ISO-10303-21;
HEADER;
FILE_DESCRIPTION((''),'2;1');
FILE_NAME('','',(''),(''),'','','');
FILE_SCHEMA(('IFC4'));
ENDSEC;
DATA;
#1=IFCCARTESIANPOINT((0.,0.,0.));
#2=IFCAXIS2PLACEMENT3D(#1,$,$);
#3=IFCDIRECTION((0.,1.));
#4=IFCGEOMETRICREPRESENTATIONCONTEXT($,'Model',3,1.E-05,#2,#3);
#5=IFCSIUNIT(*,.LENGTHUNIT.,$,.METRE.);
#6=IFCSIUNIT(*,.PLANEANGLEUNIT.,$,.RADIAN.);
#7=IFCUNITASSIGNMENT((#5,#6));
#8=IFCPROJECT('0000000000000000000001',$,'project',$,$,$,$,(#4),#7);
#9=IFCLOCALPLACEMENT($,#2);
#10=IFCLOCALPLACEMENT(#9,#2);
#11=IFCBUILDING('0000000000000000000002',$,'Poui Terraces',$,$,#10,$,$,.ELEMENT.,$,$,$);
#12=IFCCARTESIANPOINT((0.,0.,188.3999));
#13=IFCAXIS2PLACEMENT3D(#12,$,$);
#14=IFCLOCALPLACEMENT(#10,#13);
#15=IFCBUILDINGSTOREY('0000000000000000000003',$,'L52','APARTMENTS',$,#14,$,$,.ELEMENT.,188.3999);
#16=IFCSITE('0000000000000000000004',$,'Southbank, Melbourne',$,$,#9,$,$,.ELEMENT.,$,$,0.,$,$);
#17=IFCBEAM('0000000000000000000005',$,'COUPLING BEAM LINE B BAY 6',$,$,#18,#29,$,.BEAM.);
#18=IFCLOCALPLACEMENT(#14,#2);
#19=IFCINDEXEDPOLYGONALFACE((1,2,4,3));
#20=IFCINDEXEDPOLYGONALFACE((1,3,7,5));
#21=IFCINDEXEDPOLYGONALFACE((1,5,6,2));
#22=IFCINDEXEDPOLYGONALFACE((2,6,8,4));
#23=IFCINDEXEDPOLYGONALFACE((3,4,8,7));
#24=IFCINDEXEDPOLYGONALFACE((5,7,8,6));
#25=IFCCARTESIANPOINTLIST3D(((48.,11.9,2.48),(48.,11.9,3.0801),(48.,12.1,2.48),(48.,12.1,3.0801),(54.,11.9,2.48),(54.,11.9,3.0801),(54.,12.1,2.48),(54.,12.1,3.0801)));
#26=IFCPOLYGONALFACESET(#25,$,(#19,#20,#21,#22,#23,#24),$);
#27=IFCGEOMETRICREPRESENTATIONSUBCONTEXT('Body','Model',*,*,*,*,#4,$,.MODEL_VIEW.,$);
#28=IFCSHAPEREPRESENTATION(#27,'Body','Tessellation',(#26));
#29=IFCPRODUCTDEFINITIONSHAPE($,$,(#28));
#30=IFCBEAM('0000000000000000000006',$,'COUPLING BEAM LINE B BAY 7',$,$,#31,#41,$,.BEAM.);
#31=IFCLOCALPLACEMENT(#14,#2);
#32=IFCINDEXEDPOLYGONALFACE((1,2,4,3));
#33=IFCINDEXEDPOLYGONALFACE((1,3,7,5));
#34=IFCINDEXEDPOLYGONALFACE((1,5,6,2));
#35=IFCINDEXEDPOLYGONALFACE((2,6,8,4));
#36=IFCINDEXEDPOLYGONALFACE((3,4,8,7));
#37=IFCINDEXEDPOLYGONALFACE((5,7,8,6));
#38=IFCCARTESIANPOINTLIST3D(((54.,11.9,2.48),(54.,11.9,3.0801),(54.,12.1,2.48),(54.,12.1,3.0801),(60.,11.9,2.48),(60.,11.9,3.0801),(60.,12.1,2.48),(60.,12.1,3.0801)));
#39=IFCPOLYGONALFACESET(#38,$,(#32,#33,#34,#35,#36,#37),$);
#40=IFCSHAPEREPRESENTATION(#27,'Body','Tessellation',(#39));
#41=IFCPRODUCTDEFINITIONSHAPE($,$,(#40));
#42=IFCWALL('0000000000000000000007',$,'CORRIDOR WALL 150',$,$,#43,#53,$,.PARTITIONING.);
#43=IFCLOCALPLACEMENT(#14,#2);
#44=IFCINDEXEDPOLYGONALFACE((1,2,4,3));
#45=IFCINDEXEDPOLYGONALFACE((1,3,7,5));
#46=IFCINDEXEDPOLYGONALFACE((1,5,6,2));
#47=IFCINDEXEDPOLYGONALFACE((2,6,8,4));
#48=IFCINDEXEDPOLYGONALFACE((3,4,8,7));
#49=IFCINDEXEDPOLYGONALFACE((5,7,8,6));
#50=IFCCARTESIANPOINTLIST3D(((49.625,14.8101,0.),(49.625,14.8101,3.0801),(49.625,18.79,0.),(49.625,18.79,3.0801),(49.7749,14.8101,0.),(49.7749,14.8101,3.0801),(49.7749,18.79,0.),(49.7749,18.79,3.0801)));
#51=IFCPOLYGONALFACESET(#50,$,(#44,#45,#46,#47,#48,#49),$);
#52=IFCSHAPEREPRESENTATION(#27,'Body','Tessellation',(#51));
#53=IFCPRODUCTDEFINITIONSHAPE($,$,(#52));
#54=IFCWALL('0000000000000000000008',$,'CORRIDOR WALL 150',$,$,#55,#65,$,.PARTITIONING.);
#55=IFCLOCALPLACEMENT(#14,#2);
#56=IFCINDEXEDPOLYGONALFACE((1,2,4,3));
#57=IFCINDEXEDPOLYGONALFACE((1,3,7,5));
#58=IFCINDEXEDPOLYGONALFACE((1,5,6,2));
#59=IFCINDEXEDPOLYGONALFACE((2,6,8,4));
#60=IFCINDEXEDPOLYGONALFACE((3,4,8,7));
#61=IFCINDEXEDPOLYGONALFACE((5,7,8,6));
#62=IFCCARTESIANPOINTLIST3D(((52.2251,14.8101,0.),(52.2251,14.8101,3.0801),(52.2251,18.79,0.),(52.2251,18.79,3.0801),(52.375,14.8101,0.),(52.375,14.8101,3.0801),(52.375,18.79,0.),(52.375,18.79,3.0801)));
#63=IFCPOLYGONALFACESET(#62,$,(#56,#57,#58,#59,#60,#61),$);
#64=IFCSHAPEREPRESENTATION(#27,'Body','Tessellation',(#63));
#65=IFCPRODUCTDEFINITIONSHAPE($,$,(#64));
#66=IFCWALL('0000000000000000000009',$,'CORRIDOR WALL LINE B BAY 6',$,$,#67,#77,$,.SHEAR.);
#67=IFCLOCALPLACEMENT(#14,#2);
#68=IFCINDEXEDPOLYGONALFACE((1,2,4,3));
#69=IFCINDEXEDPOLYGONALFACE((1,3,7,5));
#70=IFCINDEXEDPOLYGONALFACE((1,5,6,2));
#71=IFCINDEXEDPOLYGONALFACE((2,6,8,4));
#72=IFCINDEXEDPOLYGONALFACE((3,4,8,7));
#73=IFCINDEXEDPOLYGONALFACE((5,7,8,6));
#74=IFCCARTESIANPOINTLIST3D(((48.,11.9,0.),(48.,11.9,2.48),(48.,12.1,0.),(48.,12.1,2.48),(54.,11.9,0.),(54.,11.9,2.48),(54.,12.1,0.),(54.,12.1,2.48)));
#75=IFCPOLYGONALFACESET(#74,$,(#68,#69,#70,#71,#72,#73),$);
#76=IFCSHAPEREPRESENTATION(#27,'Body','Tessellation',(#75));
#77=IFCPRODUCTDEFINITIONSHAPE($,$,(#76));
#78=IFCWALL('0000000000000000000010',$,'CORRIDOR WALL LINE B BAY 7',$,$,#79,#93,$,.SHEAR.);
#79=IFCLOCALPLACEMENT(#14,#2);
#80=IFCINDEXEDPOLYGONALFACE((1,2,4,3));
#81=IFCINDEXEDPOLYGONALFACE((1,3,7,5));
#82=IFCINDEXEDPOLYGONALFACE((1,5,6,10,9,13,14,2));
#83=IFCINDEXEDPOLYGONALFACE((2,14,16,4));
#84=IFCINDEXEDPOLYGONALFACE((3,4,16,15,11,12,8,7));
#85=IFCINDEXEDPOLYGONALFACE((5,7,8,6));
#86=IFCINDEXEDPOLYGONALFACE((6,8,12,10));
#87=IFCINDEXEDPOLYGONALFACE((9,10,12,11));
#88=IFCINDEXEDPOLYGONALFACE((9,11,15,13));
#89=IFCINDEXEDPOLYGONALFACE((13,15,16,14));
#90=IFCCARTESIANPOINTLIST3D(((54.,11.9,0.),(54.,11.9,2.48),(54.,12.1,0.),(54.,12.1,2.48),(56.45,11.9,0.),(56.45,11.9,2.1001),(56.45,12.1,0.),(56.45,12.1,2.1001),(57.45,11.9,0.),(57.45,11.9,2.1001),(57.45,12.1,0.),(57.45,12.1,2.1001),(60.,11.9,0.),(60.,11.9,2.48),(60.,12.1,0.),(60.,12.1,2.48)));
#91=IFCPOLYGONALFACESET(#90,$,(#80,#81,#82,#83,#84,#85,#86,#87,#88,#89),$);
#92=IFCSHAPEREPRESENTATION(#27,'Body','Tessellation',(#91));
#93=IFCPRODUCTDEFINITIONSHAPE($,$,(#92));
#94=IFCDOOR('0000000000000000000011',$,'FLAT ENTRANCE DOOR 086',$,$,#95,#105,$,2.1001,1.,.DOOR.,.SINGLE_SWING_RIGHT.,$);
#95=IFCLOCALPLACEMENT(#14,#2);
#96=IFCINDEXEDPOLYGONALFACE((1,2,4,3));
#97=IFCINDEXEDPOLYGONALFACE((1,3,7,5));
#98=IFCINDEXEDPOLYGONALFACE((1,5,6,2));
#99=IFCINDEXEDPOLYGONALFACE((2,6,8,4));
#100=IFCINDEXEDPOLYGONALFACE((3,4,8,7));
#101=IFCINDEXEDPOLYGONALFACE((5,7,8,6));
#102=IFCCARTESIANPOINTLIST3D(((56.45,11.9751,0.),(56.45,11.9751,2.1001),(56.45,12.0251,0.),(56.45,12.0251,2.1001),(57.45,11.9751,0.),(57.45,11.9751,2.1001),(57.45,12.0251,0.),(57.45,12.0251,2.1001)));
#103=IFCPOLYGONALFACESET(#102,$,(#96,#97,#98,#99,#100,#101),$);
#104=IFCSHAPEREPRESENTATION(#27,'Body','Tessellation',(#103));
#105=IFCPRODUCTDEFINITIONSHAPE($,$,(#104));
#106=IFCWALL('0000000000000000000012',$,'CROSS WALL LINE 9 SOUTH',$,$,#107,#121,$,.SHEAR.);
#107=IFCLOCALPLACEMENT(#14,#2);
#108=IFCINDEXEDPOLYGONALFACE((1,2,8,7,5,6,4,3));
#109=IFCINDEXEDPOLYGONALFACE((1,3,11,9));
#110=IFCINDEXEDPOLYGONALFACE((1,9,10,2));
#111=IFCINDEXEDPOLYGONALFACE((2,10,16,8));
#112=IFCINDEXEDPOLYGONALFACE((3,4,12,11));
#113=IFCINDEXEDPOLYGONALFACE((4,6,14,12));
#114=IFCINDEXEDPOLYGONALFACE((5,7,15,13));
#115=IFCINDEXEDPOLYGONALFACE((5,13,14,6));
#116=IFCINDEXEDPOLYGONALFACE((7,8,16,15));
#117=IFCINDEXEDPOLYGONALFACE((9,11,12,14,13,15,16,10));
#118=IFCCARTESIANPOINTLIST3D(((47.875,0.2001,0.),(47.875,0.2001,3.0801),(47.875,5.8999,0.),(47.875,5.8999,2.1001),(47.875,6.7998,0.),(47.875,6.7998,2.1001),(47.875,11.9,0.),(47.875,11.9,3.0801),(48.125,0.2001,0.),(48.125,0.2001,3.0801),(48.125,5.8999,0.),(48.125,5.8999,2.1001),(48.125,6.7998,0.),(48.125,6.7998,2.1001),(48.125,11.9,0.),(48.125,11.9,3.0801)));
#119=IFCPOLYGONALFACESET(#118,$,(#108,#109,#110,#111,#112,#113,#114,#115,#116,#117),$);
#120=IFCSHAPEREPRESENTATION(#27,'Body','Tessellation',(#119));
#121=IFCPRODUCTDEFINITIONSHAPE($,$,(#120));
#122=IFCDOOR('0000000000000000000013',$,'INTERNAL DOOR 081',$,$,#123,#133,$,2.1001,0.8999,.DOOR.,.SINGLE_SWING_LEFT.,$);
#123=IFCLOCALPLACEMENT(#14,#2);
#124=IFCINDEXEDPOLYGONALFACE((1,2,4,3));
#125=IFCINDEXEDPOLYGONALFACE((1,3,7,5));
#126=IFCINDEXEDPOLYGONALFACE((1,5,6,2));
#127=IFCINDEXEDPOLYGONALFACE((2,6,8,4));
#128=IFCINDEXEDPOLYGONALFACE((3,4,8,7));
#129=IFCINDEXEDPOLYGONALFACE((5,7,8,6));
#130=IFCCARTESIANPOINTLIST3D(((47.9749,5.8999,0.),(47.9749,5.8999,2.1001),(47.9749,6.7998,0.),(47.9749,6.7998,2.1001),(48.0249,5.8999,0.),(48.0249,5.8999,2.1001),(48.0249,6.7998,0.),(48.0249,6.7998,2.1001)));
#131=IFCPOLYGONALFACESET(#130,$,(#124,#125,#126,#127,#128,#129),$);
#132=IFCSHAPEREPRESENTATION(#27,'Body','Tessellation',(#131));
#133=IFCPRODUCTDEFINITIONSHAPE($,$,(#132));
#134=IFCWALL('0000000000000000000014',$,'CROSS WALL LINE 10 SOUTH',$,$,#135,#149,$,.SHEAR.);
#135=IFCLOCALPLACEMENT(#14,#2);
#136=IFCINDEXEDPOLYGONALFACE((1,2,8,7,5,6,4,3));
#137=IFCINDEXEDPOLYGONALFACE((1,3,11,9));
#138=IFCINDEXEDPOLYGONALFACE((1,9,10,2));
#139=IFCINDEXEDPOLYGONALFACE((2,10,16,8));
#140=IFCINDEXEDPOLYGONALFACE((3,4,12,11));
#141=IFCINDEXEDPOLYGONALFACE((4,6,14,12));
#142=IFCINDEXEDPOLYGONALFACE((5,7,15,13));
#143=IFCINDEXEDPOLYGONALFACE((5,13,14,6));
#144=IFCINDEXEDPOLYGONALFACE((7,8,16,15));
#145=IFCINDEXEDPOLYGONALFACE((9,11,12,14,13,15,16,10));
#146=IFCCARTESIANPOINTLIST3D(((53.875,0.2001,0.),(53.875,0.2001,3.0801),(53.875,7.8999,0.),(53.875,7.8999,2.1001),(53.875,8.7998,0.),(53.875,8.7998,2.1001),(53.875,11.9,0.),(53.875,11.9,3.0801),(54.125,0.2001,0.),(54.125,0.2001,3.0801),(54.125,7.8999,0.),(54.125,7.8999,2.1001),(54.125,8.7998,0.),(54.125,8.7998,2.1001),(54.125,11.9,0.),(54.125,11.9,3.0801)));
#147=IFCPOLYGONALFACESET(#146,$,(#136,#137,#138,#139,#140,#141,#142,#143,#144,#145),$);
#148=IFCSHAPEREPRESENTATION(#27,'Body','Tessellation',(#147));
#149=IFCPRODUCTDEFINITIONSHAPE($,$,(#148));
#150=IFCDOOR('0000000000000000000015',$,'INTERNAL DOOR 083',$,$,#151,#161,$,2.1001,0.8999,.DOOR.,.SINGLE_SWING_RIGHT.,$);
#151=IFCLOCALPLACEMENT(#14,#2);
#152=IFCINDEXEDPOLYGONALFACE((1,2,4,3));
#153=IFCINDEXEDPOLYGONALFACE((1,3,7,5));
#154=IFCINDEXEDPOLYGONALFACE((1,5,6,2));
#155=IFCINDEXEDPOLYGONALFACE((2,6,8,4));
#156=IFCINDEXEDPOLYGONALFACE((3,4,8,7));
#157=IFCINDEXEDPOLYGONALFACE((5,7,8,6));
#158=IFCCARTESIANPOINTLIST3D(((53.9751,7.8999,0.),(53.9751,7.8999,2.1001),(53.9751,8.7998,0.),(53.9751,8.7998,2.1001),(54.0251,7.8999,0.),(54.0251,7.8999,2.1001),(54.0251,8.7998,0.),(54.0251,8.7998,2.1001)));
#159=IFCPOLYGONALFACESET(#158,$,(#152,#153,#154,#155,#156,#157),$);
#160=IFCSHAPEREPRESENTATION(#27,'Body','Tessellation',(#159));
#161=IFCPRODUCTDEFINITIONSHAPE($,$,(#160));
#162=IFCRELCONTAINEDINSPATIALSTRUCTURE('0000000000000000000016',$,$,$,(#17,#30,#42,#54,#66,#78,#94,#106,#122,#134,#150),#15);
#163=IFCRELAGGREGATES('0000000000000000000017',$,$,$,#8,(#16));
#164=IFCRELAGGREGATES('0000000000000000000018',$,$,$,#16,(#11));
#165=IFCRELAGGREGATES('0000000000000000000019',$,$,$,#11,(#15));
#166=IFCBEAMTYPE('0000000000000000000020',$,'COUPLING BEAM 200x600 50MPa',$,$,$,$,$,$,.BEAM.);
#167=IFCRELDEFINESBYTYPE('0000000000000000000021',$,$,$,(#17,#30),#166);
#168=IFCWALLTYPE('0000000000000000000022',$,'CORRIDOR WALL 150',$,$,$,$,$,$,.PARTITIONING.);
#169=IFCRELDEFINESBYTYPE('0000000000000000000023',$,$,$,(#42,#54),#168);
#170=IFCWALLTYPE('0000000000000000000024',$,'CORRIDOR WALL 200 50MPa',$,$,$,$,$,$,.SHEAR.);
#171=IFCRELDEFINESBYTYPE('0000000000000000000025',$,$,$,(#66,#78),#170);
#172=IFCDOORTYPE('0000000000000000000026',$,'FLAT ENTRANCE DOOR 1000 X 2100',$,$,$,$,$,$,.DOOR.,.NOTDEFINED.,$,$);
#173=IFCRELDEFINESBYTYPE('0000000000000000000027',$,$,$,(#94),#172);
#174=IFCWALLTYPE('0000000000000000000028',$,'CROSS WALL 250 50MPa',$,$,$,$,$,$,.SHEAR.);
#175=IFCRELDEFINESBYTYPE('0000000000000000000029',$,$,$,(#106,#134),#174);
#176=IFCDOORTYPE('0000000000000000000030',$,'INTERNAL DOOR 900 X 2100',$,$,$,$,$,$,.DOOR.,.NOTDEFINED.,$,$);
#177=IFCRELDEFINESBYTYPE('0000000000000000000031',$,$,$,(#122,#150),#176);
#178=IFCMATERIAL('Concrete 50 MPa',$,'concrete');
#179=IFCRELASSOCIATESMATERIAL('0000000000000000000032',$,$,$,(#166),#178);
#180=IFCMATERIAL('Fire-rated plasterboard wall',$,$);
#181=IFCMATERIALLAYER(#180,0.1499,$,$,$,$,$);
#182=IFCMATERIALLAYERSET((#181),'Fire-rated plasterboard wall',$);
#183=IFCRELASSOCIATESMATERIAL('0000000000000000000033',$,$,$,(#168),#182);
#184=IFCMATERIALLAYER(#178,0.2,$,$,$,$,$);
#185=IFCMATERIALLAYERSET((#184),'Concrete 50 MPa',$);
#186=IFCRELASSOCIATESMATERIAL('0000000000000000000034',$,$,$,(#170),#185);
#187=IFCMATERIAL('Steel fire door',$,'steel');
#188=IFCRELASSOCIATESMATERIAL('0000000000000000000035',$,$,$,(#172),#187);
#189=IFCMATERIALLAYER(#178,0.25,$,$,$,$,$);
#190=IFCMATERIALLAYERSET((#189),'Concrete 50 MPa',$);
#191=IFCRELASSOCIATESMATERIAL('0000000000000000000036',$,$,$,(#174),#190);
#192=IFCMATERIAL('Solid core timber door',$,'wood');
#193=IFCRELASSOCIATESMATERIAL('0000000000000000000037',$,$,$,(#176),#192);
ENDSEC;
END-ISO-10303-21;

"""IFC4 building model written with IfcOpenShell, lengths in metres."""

from ifc_helpers import new_model, si_unit, direction, frame, frame_2d, origin, origin_2d, place, context, subcontext, project, spatial, rectangle, extrude, source, transform, mapped, material, layer, layer_set, material_profile, profile_set, type_object, element, fill, save


model = new_model("IFC4")

# Units and contexts
model_context = context("Model", 3, precision=1e-05, world=origin(), true_north=direction((0.0, 1.0)))
body_context = subcontext(model_context, "Body", "Model", "MODEL_VIEW")
ifc_project = project(units=[si_unit("LENGTHUNIT", "METRE"), si_unit("PLANEANGLEUNIT", "RADIAN")], contexts=[model_context])

# Site, building, storey
site_placement = place(None, origin())
site = spatial("IfcSite", under=ifc_project, at=site_placement, Name="Southbank, Melbourne", CompositionType="ELEMENT", RefElevation=0.0)
building_placement = place(site_placement, origin())
building = spatial("IfcBuilding", under=site, at=building_placement, Name="Poui Terraces", CompositionType="ELEMENT")
storey_placement = place(building_placement, frame((0.0, 0.0, 188.3999)))
storey = spatial("IfcBuildingStorey", under=building, at=storey_placement, Name="L52", Description="APARTMENTS", CompositionType="ELEMENT", Elevation=188.3999)

# Beams
ifc_material_1 = material(Name="Concrete 50 MPa", Category="concrete")
ifc_material_profile = material_profile(ifc_material_1, rectangle(XDim=0.2, YDim=0.6001, at=origin_2d()), Name="RC 200x600")
ifc_profile_set = profile_set([ifc_material_profile], Name="Concrete 50 MPa")
beam_type = type_object("IfcBeamType", Name="COUPLING BEAM 200x600 50MPa", PredefinedType="BEAM", material=ifc_profile_set)
shared_shape_1 = source(origin(), body_context, "Body", "SweptSolid", [
    extrude(rectangle(XDim=0.2, YDim=0.6001, at=origin_2d()), origin(), (0.0, 0.0, 1.0), 6.0),
])
for number, where, z_axis, x_axis, name in (
    (1, (48.0, 12.0, 2.78), (1.0, 0.0, 0.0), (0.0, 1.0, 0.0), "COUPLING BEAM LINE B BAY 6"),
    (2, (54.0, 12.0, 2.78), (1.0, 0.0, 0.0), (0.0, 1.0, 0.0), "COUPLING BEAM LINE B BAY 7"),
):
    element("IfcBeam", number, at=place(storey_placement, frame(where, z_axis=z_axis, x_axis=x_axis)), inside=storey, type_object=beam_type, Name=name, PredefinedType="BEAM", context=body_context, shape_type="MappedRepresentation", body=[
        mapped(shared_shape_1, transform((0.0, 0.0, 0.0))),
    ])

# Walls
ifc_material_2 = material(Name="Fire-rated plasterboard wall")
ifc_layer_1 = layer(ifc_material_2, 0.1499)
ifc_layer_set_1 = layer_set([ifc_layer_1], Name="Fire-rated plasterboard wall")
wall_type_1 = type_object("IfcWallType", Name="CORRIDOR WALL 150", PredefinedType="PARTITIONING", material=ifc_layer_set_1)
for number, where, z_axis, x_axis, name in (
    (3, (49.7, 14.8101, 0.0), (0.0, 0.0, 1.0), (0.0, 1.0, 0.0), "CORRIDOR WALL 150"),
    (4, (52.3, 14.8101, 0.0), (0.0, 0.0, 1.0), (0.0, 1.0, 0.0), "CORRIDOR WALL 150"),
):
    element("IfcWall", number, at=place(storey_placement, frame(where, z_axis=z_axis, x_axis=x_axis)), inside=storey, type_object=wall_type_1, Name=name, PredefinedType="PARTITIONING", context=body_context, shape_type="SweptSolid", body=[
        extrude(rectangle(XDim=3.98, YDim=0.1499, at=frame_2d((1.99, 0.0))), origin(), (0.0, 0.0, 1.0), 3.0801),
    ])
ifc_layer_2 = layer(ifc_material_1, 0.2)
ifc_layer_set_2 = layer_set([ifc_layer_2], Name="Concrete 50 MPa")
wall_type_2 = type_object("IfcWallType", Name="CORRIDOR WALL 200 50MPa", PredefinedType="SHEAR", material=ifc_layer_set_2)
wall_1_placement = place(storey_placement, frame((48.0, 12.0, 0.0), z_axis=(0.0, 0.0, 1.0), x_axis=(1.0, 0.0, 0.0)))
element("IfcWall", 5, at=wall_1_placement, inside=storey, type_object=wall_type_2, Name="CORRIDOR WALL LINE B BAY 6", PredefinedType="SHEAR", context=body_context, shape_type="SweptSolid", body=[
    extrude(rectangle(XDim=6.0, YDim=0.2, at=frame_2d((3.0, 0.0))), origin(), (0.0, 0.0, 1.0), 2.48),
])

# Walls, openings, doors
wall_2_placement = place(storey_placement, frame((54.0, 12.0, 0.0), z_axis=(0.0, 0.0, 1.0), x_axis=(1.0, 0.0, 0.0)))
wall_2 = element("IfcWall", 6, at=wall_2_placement, inside=storey, type_object=wall_type_2, Name="CORRIDOR WALL LINE B BAY 7", PredefinedType="SHEAR", context=body_context, shape_type="SweptSolid", body=[
    extrude(rectangle(XDim=6.0, YDim=0.2, at=frame_2d((3.0, 0.0))), origin(), (0.0, 0.0, 1.0), 2.48),
])
opening_1_placement = place(wall_2_placement, frame((2.45, 0.0, 0.0)))
opening_1 = element("IfcOpeningElement", 7, at=opening_1_placement, cuts=wall_2, PredefinedType="OPENING", context=body_context, shape_type="SweptSolid", body=[
    extrude(rectangle(XDim=1.0, YDim=2.1001, at=frame_2d((0.5, 1.05))), frame((0.0, 0.1099, 0.0), z_axis=(0.0, -1.0, 0.0), x_axis=(1.0, 0.0, 0.0)), (0.0, 0.0, 1.0), 0.22),
])
ifc_material_3 = material(Name="Steel fire door", Category="steel")
door_type_1 = type_object("IfcDoorType", Name="FLAT ENTRANCE DOOR 1000 X 2100", OperationType="NOTDEFINED", PredefinedType="DOOR", material=ifc_material_3)
door_1_placement = place(opening_1_placement, frame((1.0, 0.0, 0.0), z_axis=(0.0, 0.0, 1.0), x_axis=(-1.0, 0.0, 0.0)))
door_1 = element("IfcDoor", 8, at=door_1_placement, inside=storey, type_object=door_type_1, Name="FLAT ENTRANCE DOOR 086", OperationType="SINGLE_SWING_RIGHT", OverallHeight=2.1001, OverallWidth=1.0, PredefinedType="DOOR", context=body_context, shape_type="SweptSolid", body=[
    extrude(rectangle(XDim=1.0, YDim=2.1001, at=frame_2d((0.5, 1.05))), frame((0.0, 0.0249, 0.0), z_axis=(0.0, -1.0, 0.0), x_axis=(1.0, 0.0, 0.0)), (0.0, 0.0, 1.0), 0.05),
])
fill(opening_1, door_1)
ifc_layer_3 = layer(ifc_material_1, 0.25)
ifc_layer_set_3 = layer_set([ifc_layer_3], Name="Concrete 50 MPa")
wall_type_3 = type_object("IfcWallType", Name="CROSS WALL 250 50MPa", PredefinedType="SHEAR", material=ifc_layer_set_3)
wall_3_placement = place(storey_placement, frame((48.0, 0.2, 0.0), z_axis=(0.0, 0.0, 1.0), x_axis=(0.0, 1.0, 0.0)))
wall_3 = element("IfcWall", 9, at=wall_3_placement, inside=storey, type_object=wall_type_3, Name="CROSS WALL LINE 9 SOUTH", PredefinedType="SHEAR", context=body_context, shape_type="SweptSolid", body=[
    extrude(rectangle(XDim=11.7, YDim=0.25, at=frame_2d((5.8501, 0.0))), origin(), (0.0, 0.0, 1.0), 3.0801),
])
opening_2_placement = place(wall_3_placement, frame((5.7, 0.0, 0.0)))
opening_2 = element("IfcOpeningElement", 10, at=opening_2_placement, cuts=wall_3, PredefinedType="OPENING", context=body_context, shape_type="SweptSolid", body=[
    extrude(rectangle(XDim=0.8999, YDim=2.1001, at=frame_2d((0.45, 1.05))), frame((0.0, 0.135, 0.0), z_axis=(0.0, -1.0, 0.0), x_axis=(1.0, 0.0, 0.0)), (0.0, 0.0, 1.0), 0.27),
])
ifc_material_4 = material(Name="Solid core timber door", Category="wood")
door_type_2 = type_object("IfcDoorType", Name="INTERNAL DOOR 900 X 2100", OperationType="NOTDEFINED", PredefinedType="DOOR", material=ifc_material_4)
door_2_placement = place(opening_2_placement, frame((0.8999, 0.0, 0.0), z_axis=(0.0, 0.0, 1.0), x_axis=(-1.0, 0.0, 0.0)))
door_2 = element("IfcDoor", 11, at=door_2_placement, inside=storey, type_object=door_type_2, Name="INTERNAL DOOR 081", OperationType="SINGLE_SWING_LEFT", OverallHeight=2.1001, OverallWidth=0.8999, PredefinedType="DOOR", context=body_context, shape_type="SweptSolid", body=[
    extrude(rectangle(XDim=0.8999, YDim=2.1001, at=frame_2d((0.45, 1.05))), frame((0.0, 0.0249, 0.0), z_axis=(0.0, -1.0, 0.0), x_axis=(1.0, 0.0, 0.0)), (0.0, 0.0, 1.0), 0.05),
])
fill(opening_2, door_2)
wall_4_placement = place(storey_placement, frame((54.0, 0.2, 0.0), z_axis=(0.0, 0.0, 1.0), x_axis=(0.0, 1.0, 0.0)))
wall_4 = element("IfcWall", 12, at=wall_4_placement, inside=storey, type_object=wall_type_3, Name="CROSS WALL LINE 10 SOUTH", PredefinedType="SHEAR", context=body_context, shape_type="SweptSolid", body=[
    extrude(rectangle(XDim=11.7, YDim=0.25, at=frame_2d((5.8501, 0.0))), origin(), (0.0, 0.0, 1.0), 3.0801),
])
opening_3_placement = place(wall_4_placement, frame((7.7, 0.0, 0.0)))
opening_3 = element("IfcOpeningElement", 13, at=opening_3_placement, cuts=wall_4, PredefinedType="OPENING", context=body_context, shape_type="SweptSolid", body=[
    extrude(rectangle(XDim=0.8999, YDim=2.1001, at=frame_2d((0.45, 1.05))), frame((0.0, 0.135, 0.0), z_axis=(0.0, -1.0, 0.0), x_axis=(1.0, 0.0, 0.0)), (0.0, 0.0, 1.0), 0.27),
])
door_3_placement = place(opening_3_placement, origin())
door_3 = element("IfcDoor", 14, at=door_3_placement, inside=storey, type_object=door_type_2, Name="INTERNAL DOOR 083", OperationType="SINGLE_SWING_RIGHT", OverallHeight=2.1001, OverallWidth=0.8999, PredefinedType="DOOR", context=body_context, shape_type="SweptSolid", body=[
    extrude(rectangle(XDim=0.8999, YDim=2.1001, at=frame_2d((0.45, 1.05))), frame((0.0, 0.0249, 0.0), z_axis=(0.0, -1.0, 0.0), x_axis=(1.0, 0.0, 0.0)), (0.0, 0.0, 1.0), 0.05),
])
fill(opening_3, door_3)

save(model, "model.ifc")
